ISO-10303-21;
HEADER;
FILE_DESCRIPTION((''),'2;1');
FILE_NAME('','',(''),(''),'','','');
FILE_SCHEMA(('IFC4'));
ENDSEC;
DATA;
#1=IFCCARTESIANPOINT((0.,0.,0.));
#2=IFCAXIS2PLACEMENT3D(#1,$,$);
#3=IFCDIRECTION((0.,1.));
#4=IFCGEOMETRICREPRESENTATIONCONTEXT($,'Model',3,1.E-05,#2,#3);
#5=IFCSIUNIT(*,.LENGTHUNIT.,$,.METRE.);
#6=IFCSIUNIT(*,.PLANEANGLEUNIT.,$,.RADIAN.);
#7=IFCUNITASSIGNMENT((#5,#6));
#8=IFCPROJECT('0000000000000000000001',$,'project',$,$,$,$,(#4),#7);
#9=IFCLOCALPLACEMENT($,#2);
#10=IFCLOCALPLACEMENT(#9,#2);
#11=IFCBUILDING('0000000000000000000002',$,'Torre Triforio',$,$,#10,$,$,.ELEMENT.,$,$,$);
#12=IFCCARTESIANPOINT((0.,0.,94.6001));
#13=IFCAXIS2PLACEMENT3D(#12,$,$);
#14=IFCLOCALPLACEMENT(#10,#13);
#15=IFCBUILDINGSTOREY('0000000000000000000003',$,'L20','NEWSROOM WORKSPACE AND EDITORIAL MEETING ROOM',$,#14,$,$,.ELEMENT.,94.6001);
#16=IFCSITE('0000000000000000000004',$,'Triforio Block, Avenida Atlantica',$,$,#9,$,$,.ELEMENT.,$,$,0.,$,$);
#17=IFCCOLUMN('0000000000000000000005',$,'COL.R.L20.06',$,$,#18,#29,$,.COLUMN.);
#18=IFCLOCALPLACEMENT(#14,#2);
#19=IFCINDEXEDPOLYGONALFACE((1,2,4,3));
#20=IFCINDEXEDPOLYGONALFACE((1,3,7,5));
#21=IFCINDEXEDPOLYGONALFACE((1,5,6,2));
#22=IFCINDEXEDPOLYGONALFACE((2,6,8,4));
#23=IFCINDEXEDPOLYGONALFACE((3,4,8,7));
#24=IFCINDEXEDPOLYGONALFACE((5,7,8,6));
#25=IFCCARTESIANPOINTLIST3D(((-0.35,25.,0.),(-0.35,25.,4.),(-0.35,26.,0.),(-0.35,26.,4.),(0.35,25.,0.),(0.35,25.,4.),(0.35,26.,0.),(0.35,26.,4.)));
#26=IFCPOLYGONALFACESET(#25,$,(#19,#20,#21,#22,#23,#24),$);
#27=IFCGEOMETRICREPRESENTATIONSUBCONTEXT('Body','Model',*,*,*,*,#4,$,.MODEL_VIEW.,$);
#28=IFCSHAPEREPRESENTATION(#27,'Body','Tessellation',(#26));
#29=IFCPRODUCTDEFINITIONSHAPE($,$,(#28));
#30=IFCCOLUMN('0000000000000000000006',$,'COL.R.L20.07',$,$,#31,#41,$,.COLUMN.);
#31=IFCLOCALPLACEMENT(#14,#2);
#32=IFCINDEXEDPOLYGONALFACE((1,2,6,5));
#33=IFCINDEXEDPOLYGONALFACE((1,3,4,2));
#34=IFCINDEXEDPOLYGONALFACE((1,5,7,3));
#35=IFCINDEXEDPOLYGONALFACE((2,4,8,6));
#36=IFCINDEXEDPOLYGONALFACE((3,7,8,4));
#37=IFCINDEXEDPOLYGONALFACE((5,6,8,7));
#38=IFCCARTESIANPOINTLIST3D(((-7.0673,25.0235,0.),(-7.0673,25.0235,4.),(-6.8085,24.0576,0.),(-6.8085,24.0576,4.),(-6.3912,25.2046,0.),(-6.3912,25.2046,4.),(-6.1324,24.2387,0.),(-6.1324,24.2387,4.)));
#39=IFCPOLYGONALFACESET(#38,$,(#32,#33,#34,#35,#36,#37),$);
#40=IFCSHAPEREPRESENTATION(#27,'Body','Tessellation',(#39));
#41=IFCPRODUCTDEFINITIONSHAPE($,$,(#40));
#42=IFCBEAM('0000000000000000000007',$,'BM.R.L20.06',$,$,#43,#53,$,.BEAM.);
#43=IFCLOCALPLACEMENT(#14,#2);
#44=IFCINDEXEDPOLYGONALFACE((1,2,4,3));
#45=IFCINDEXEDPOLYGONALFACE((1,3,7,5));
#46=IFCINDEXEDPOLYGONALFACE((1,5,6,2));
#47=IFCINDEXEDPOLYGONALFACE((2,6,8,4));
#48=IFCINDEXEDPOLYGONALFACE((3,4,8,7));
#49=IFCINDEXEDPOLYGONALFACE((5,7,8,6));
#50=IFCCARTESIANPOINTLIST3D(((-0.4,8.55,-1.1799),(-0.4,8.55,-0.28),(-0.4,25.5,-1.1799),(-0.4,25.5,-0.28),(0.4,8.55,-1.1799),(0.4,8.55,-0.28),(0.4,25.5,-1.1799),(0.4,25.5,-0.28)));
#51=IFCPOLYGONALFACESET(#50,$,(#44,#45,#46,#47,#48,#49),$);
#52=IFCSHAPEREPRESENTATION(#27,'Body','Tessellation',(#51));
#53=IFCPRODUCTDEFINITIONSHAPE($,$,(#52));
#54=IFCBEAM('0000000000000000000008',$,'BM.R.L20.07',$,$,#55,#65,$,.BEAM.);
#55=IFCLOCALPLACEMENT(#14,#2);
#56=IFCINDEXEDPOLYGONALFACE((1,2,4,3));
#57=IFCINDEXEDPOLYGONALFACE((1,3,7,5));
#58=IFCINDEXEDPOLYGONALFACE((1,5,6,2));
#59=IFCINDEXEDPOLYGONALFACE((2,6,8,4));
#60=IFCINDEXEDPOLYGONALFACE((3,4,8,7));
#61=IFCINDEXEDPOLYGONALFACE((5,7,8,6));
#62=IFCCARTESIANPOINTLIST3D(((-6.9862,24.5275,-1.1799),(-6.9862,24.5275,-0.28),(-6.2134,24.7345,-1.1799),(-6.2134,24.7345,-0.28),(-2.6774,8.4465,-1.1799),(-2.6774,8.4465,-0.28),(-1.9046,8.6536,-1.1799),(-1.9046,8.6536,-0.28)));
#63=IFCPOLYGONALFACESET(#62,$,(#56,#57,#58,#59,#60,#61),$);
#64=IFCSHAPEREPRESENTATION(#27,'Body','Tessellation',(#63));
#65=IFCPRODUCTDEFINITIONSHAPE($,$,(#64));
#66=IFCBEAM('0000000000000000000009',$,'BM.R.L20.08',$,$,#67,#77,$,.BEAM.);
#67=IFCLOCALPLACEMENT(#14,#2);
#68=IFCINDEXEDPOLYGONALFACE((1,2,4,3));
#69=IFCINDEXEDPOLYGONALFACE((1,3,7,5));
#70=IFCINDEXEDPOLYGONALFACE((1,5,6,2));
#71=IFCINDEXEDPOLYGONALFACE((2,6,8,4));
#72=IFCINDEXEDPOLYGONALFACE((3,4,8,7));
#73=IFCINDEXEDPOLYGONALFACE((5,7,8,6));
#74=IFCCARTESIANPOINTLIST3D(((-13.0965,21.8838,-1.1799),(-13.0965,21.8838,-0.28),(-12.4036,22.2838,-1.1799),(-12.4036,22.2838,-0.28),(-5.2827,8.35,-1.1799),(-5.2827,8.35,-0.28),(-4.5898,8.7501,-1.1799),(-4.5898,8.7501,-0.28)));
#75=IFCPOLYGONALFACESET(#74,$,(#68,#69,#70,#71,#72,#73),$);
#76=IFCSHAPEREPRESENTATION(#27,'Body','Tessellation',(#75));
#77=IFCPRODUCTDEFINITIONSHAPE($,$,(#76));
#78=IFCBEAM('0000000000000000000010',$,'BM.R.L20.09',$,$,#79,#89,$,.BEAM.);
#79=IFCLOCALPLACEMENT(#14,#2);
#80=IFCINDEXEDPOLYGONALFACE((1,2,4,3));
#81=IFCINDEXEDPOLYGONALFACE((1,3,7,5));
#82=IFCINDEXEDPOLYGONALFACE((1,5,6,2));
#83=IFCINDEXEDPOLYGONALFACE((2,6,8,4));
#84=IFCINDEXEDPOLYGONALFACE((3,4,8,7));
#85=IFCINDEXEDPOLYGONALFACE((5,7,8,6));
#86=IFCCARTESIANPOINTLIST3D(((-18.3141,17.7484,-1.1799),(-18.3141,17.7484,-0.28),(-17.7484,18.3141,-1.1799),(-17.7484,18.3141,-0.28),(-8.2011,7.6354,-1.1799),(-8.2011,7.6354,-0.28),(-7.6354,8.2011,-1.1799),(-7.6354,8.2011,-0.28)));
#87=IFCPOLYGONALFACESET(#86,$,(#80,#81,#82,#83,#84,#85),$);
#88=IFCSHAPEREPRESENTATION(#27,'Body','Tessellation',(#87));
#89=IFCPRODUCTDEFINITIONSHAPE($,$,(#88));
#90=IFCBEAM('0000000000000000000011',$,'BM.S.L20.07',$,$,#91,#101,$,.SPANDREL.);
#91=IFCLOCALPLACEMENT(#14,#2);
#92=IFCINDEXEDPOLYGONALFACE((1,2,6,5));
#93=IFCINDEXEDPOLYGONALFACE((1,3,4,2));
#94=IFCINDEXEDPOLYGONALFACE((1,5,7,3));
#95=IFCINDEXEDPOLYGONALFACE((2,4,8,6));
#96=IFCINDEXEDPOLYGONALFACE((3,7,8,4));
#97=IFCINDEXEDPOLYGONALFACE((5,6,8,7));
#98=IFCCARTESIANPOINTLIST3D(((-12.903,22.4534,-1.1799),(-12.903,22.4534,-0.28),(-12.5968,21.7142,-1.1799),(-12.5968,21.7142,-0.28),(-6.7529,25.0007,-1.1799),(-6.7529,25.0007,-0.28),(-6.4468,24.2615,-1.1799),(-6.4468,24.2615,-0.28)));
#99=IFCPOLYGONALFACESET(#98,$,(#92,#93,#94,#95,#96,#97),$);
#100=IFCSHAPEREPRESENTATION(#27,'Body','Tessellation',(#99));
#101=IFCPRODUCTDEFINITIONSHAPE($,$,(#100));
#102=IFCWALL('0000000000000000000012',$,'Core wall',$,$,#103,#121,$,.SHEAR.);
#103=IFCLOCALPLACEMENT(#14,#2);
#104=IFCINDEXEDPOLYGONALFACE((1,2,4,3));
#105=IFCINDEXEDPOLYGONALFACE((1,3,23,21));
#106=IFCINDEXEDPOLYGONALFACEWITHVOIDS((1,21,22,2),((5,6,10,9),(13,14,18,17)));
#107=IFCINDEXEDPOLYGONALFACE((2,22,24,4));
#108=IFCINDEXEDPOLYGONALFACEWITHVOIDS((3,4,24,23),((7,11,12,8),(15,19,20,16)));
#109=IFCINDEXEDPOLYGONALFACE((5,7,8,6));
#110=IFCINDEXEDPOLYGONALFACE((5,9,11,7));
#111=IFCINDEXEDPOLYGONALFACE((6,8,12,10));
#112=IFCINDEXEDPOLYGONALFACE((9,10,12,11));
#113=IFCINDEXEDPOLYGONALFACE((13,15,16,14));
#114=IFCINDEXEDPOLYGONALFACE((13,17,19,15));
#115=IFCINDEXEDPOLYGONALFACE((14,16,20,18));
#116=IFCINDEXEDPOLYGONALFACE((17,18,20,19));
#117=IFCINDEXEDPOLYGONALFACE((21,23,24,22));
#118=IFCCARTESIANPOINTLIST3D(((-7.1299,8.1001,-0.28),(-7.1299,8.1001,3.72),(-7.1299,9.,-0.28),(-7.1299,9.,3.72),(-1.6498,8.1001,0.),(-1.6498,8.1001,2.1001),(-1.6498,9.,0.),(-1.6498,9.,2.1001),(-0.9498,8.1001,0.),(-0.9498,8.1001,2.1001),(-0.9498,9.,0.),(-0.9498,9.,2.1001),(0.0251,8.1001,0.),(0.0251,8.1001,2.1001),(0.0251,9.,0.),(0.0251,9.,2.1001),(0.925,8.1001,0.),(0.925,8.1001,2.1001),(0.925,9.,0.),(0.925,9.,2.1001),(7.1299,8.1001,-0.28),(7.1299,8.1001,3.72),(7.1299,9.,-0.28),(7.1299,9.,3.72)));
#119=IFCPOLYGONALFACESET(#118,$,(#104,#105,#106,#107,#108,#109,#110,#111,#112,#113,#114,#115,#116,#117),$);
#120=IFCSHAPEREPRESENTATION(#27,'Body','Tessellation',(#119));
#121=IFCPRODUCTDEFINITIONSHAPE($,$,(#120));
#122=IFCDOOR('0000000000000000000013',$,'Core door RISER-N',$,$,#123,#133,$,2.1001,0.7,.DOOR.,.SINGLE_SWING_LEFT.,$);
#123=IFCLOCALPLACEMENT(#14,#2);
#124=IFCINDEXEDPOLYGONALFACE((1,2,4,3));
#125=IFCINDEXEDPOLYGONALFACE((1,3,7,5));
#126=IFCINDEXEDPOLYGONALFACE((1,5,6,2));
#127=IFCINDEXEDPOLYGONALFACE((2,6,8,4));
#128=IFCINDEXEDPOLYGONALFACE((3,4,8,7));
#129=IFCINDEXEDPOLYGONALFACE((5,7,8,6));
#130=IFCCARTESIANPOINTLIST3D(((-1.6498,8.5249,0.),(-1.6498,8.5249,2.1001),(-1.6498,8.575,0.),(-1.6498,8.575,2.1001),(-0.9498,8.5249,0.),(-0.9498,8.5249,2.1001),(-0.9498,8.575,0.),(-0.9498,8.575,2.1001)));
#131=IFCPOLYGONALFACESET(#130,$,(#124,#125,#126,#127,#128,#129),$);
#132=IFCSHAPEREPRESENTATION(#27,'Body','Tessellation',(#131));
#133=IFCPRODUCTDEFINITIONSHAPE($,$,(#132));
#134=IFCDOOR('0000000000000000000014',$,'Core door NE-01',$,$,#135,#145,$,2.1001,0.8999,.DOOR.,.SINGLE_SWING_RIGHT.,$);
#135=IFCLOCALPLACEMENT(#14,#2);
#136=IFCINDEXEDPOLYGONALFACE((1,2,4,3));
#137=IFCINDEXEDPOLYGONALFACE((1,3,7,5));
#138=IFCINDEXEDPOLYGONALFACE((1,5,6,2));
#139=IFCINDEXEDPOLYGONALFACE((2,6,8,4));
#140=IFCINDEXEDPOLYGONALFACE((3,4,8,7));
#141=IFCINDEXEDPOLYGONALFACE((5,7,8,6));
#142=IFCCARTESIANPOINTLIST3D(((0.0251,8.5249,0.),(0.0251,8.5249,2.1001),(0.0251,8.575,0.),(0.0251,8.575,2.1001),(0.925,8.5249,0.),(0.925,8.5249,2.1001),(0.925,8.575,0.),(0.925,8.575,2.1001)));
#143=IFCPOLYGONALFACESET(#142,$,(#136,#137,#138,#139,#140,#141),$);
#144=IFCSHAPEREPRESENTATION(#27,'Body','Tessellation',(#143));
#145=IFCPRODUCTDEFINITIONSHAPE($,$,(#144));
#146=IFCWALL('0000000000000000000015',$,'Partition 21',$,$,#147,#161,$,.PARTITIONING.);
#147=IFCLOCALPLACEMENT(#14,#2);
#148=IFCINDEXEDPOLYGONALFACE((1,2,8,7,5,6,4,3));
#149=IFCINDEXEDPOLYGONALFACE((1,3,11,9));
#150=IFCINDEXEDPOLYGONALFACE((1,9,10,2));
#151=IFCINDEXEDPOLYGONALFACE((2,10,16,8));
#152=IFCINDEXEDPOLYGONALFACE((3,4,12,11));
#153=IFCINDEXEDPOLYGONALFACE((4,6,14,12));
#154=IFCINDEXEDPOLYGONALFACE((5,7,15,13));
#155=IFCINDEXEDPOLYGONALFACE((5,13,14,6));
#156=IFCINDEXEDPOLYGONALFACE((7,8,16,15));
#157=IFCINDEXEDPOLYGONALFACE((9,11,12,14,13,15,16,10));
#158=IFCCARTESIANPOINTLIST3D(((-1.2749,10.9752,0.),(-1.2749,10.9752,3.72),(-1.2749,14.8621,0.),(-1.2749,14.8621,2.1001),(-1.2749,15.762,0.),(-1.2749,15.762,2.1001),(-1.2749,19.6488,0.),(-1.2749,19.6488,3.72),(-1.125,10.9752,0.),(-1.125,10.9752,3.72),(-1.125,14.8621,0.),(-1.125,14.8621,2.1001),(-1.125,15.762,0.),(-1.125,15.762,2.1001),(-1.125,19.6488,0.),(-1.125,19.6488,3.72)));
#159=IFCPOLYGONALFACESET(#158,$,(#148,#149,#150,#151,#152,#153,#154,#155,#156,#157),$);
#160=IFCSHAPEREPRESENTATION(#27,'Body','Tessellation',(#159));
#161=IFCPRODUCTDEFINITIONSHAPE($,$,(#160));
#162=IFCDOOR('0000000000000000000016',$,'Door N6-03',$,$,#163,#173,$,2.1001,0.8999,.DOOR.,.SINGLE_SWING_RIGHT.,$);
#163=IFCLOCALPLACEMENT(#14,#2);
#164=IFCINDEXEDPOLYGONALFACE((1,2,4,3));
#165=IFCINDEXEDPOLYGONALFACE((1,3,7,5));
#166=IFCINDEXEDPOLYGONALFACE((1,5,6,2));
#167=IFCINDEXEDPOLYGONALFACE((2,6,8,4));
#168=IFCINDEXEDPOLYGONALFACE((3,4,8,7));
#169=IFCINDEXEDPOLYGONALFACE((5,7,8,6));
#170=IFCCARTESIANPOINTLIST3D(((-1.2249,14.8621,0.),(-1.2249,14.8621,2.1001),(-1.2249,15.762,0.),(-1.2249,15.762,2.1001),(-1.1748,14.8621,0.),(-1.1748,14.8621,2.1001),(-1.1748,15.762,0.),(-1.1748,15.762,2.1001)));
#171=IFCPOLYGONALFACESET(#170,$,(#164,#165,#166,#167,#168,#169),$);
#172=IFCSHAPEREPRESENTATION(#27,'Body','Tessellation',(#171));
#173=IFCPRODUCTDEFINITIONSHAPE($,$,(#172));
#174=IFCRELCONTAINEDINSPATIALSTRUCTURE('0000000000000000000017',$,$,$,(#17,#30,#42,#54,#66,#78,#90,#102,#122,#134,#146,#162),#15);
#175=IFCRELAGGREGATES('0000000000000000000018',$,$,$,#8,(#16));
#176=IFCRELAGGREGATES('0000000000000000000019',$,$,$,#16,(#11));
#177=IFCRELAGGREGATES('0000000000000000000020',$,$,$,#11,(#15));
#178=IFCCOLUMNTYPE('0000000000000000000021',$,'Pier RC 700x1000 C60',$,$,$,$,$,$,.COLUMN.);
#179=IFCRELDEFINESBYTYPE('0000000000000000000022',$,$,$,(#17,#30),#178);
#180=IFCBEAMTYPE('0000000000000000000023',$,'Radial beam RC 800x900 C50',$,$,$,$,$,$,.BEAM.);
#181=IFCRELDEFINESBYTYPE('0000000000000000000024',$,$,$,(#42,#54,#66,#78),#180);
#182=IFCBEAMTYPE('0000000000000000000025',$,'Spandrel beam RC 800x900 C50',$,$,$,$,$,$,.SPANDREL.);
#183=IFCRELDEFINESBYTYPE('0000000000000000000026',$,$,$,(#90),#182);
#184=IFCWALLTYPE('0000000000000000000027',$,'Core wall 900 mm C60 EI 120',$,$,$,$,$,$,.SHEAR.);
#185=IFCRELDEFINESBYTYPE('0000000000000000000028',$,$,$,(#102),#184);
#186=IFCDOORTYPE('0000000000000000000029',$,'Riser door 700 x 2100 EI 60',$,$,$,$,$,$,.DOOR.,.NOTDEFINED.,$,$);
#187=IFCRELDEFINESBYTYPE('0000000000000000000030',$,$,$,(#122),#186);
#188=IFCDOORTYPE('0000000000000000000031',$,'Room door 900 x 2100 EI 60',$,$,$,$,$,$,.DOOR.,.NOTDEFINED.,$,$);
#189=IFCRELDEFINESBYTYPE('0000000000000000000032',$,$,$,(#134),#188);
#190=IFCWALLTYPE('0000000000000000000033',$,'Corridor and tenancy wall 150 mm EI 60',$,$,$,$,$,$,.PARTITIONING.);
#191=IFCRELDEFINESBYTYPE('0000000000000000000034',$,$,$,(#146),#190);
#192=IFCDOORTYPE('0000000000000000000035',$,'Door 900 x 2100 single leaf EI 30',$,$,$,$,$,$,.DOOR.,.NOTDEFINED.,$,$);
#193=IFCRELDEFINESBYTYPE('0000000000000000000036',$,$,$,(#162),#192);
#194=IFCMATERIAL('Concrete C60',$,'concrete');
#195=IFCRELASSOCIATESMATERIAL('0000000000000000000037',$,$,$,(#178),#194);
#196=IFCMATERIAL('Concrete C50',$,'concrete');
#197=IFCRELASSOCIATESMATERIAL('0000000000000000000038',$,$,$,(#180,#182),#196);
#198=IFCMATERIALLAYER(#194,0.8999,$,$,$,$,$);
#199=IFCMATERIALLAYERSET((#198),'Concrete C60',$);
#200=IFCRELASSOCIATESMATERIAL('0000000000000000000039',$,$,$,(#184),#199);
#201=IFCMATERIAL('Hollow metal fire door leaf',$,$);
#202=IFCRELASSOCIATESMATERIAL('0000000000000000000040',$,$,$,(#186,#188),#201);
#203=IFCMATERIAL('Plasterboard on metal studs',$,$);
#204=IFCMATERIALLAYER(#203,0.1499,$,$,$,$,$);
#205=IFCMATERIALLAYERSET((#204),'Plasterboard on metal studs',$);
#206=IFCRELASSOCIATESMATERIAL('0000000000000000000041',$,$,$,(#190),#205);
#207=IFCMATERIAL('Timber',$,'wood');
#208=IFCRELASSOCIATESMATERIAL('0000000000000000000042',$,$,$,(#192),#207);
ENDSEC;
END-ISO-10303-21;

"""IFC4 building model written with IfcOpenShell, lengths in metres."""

from ifc_helpers import new_model, si_unit, direction, frame, frame_2d, origin, origin_2d, place, context, subcontext, project, spatial, rectangle, extrude, material, layer, layer_set, material_profile, profile_set, type_object, element, fill, save


model = new_model("IFC4")

# Units and contexts
model_context = context("Model", 3, precision=1e-05, world=origin(), true_north=direction((0.0, 1.0)))
body_context = subcontext(model_context, "Body", "Model", "MODEL_VIEW")
ifc_project = project(units=[si_unit("LENGTHUNIT", "METRE"), si_unit("PLANEANGLEUNIT", "RADIAN")], contexts=[model_context])

# Site, building, storey
site_placement = place(None, origin())
site = spatial("IfcSite", under=ifc_project, at=site_placement, Name="Triforio Block, Avenida Atlantica", CompositionType="ELEMENT", RefElevation=0.0)
building_placement = place(site_placement, origin())
building = spatial("IfcBuilding", under=site, at=building_placement, Name="Torre Triforio", CompositionType="ELEMENT")
storey_placement = place(building_placement, frame((0.0, 0.0, 94.6001)))
storey = spatial("IfcBuildingStorey", under=building, at=storey_placement, Name="L20", Description="NEWSROOM WORKSPACE AND EDITORIAL MEETING ROOM", CompositionType="ELEMENT", Elevation=94.6001)

# Columns
ifc_material_1 = material(Name="Concrete C60", Category="concrete")
ifc_material_profile_1 = material_profile(ifc_material_1, rectangle(XDim=0.7, YDim=1.0, at=origin_2d()), Name="RC 700x1000")
ifc_profile_set_1 = profile_set([ifc_material_profile_1], Name="Concrete C60")
column_type = type_object("IfcColumnType", Name="Pier RC 700x1000 C60", PredefinedType="COLUMN", material=ifc_profile_set_1)
for number, where, z_axis, x_axis, name in (
    (1, (0.0, 25.5, 0.0), (0.0, 0.0, 1.0), (-1.0, 0.0, 0.0), "COL.R.L20.06"),
    (2, (-6.5999, 24.6311, 0.0), (0.0, 0.0, 1.0), (-0.965926, -0.258819, 0.0), "COL.R.L20.07"),
):
    element("IfcColumn", number, at=place(storey_placement, frame(where, z_axis=z_axis, x_axis=x_axis)), inside=storey, type_object=column_type, Name=name, PredefinedType="COLUMN", context=body_context, shape_type="SweptSolid", body=[
        extrude(rectangle(XDim=0.7, YDim=1.0, at=origin_2d()), origin(), (0.0, 0.0, 1.0), 4.0),
    ])

# Beams
ifc_material_2 = material(Name="Concrete C50", Category="concrete")
ifc_material_profile_2 = material_profile(ifc_material_2, rectangle(XDim=0.8, YDim=0.8999, at=origin_2d()), Name="RC 800x900")
ifc_profile_set_2 = profile_set([ifc_material_profile_2], Name="Concrete C50")
beam_type_1 = type_object("IfcBeamType", Name="Radial beam RC 800x900 C50", PredefinedType="BEAM", material=ifc_profile_set_2)
beam_1_placement = place(storey_placement, frame((0.0, 8.55, -0.73), z_axis=(0.0, 1.0, 0.0), x_axis=(-1.0, 0.0, 0.0)))
element("IfcBeam", 3, at=beam_1_placement, inside=storey, type_object=beam_type_1, Name="BM.R.L20.06", PredefinedType="BEAM", context=body_context, shape_type="SweptSolid", body=[
    extrude(rectangle(XDim=0.8, YDim=0.8999, at=origin_2d()), origin(), (0.0, 0.0, 1.0), 16.95),
])
beam_2_placement = place(storey_placement, frame((-2.291, 8.55, -0.73), z_axis=(-0.258815, 0.965927, 0.0), x_axis=(-0.965927, -0.258815, 0.0)))
element("IfcBeam", 4, at=beam_2_placement, inside=storey, type_object=beam_type_1, Name="BM.R.L20.07", PredefinedType="BEAM", context=body_context, shape_type="SweptSolid", body=[
    extrude(rectangle(XDim=0.8, YDim=0.8999, at=origin_2d()), origin(), (0.0, 0.0, 1.0), 16.6482),
])
beam_3_placement = place(storey_placement, frame((-4.9363, 8.55, -0.73), z_axis=(-0.500002, 0.866024, 0.0), x_axis=(-0.866024, -0.500002, 0.0)))
element("IfcBeam", 5, at=beam_3_placement, inside=storey, type_object=beam_type_1, Name="BM.R.L20.08", PredefinedType="BEAM", context=body_context, shape_type="SweptSolid", body=[
    extrude(rectangle(XDim=0.8, YDim=0.8999, at=origin_2d()), origin(), (0.0, 0.0, 1.0), 15.6274),
])
beam_4_placement = place(storey_placement, frame((-7.9182, 7.9182, -0.73), z_axis=(-0.707107, 0.707107, 0.0), x_axis=(-0.707107, -0.707107, 0.0)))
element("IfcBeam", 6, at=beam_4_placement, inside=storey, type_object=beam_type_1, Name="BM.R.L20.09", PredefinedType="BEAM", context=body_context, shape_type="SweptSolid", body=[
    extrude(rectangle(XDim=0.8, YDim=0.8999, at=origin_2d()), origin(), (0.0, 0.0, 1.0), 14.302),
])
ifc_material_profile_3 = material_profile(ifc_material_2, rectangle(XDim=0.8, YDim=0.8999, at=origin_2d()), Name="RC 800x900")
ifc_profile_set_3 = profile_set([ifc_material_profile_3], Name="Concrete C50")
beam_type_2 = type_object("IfcBeamType", Name="Spandrel beam RC 800x900 C50", PredefinedType="SPANDREL", material=ifc_profile_set_3)
beam_5_placement = place(storey_placement, frame((-6.5999, 24.6311, -0.73), z_axis=(-0.923885, -0.382669, 0.0), x_axis=(0.382669, -0.923885, 0.0)))
element("IfcBeam", 7, at=beam_5_placement, inside=storey, type_object=beam_type_2, Name="BM.S.L20.07", PredefinedType="SPANDREL", context=body_context, shape_type="SweptSolid", body=[
    extrude(rectangle(XDim=0.8, YDim=0.8999, at=origin_2d()), origin(), (0.0, 0.0, 1.0), 6.6567),
])

# Wall, openings, doors
ifc_layer_1 = layer(ifc_material_1, 0.8999)
ifc_layer_set_1 = layer_set([ifc_layer_1], Name="Concrete C60")
wall_type_1 = type_object("IfcWallType", Name="Core wall 900 mm C60 EI 120", PredefinedType="SHEAR", material=ifc_layer_set_1)
wall_1_placement = place(storey_placement, frame((-7.1299, 8.55, -0.28), z_axis=(0.0, 0.0, 1.0), x_axis=(1.0, 0.0, 0.0)))
wall_1 = element("IfcWall", 8, at=wall_1_placement, inside=storey, type_object=wall_type_1, Name="Core wall", PredefinedType="SHEAR", context=body_context, shape_type="SweptSolid", body=[
    extrude(rectangle(XDim=14.2598, YDim=0.8999, at=frame_2d((7.1299, 0.0))), origin(), (0.0, 0.0, 1.0), 4.0),
])
opening_1_placement = place(wall_1_placement, frame((5.48, 0.0, 0.28)))
opening_1 = element("IfcOpeningElement", 9, at=opening_1_placement, cuts=wall_1, PredefinedType="OPENING", context=body_context, shape_type="SweptSolid", body=[
    extrude(rectangle(XDim=0.7, YDim=2.1001, at=frame_2d((0.3501, 1.05))), frame((0.0, 0.46, 0.0), z_axis=(0.0, -1.0, 0.0), x_axis=(1.0, 0.0, 0.0)), (0.0, 0.0, 1.0), 0.9199),
])
opening_2_placement = place(wall_1_placement, frame((7.155, 0.0, 0.28)))
opening_2 = element("IfcOpeningElement", 10, at=opening_2_placement, cuts=wall_1, PredefinedType="OPENING", context=body_context, shape_type="SweptSolid", body=[
    extrude(rectangle(XDim=0.8999, YDim=2.1001, at=frame_2d((0.45, 1.05))), frame((0.0, 0.46, 0.0), z_axis=(0.0, -1.0, 0.0), x_axis=(1.0, 0.0, 0.0)), (0.0, 0.0, 1.0), 0.9199),
])
ifc_material_3 = material(Name="Hollow metal fire door leaf")
door_type_1 = type_object("IfcDoorType", Name="Riser door 700 x 2100 EI 60", OperationType="NOTDEFINED", PredefinedType="DOOR", material=ifc_material_3)
door_1_placement = place(opening_1_placement, origin())
door_1 = element("IfcDoor", 11, at=door_1_placement, inside=storey, type_object=door_type_1, Name="Core door RISER-N", OperationType="SINGLE_SWING_LEFT", OverallHeight=2.1001, OverallWidth=0.7, PredefinedType="DOOR", context=body_context, shape_type="SweptSolid", body=[
    extrude(rectangle(XDim=0.7, YDim=2.1001, at=frame_2d((0.3501, 1.05))), frame((0.0, 0.0249, 0.0), z_axis=(0.0, -1.0, 0.0), x_axis=(1.0, 0.0, 0.0)), (0.0, 0.0, 1.0), 0.05),
])
fill(opening_1, door_1)
door_type_2 = type_object("IfcDoorType", Name="Room door 900 x 2100 EI 60", OperationType="NOTDEFINED", PredefinedType="DOOR", material=ifc_material_3)
door_2_placement = place(opening_2_placement, origin())
door_2 = element("IfcDoor", 12, at=door_2_placement, inside=storey, type_object=door_type_2, Name="Core door NE-01", OperationType="SINGLE_SWING_RIGHT", OverallHeight=2.1001, OverallWidth=0.8999, PredefinedType="DOOR", context=body_context, shape_type="SweptSolid", body=[
    extrude(rectangle(XDim=0.8999, YDim=2.1001, at=frame_2d((0.45, 1.05))), frame((0.0, 0.0249, 0.0), z_axis=(0.0, -1.0, 0.0), x_axis=(1.0, 0.0, 0.0)), (0.0, 0.0, 1.0), 0.05),
])
fill(opening_2, door_2)

# Wall, opening, door
ifc_material_4 = material(Name="Plasterboard on metal studs")
ifc_layer_2 = layer(ifc_material_4, 0.1499)
ifc_layer_set_2 = layer_set([ifc_layer_2], Name="Plasterboard on metal studs")
wall_type_2 = type_object("IfcWallType", Name="Corridor and tenancy wall 150 mm EI 60", PredefinedType="PARTITIONING", material=ifc_layer_set_2)
wall_2_placement = place(storey_placement, frame((-1.2, 10.9751, 0.0), z_axis=(0.0, 0.0, 1.0), x_axis=(0.0, 1.0, 0.0)))
wall_2 = element("IfcWall", 13, at=wall_2_placement, inside=storey, type_object=wall_type_2, Name="Partition 21", PredefinedType="PARTITIONING", context=body_context, shape_type="SweptSolid", body=[
    extrude(rectangle(XDim=8.6736, YDim=0.1499, at=frame_2d((4.3369, 0.0))), origin(), (0.0, 0.0, 1.0), 3.72),
])
opening_3_placement = place(wall_2_placement, frame((3.887, 0.0, 0.0)))
opening_3 = element("IfcOpeningElement", 14, at=opening_3_placement, cuts=wall_2, PredefinedType="OPENING", context=body_context, shape_type="SweptSolid", body=[
    extrude(rectangle(XDim=0.8999, YDim=2.1001, at=frame_2d((0.45, 1.05))), frame((0.0, 0.085, 0.0), z_axis=(0.0, -1.0, 0.0), x_axis=(1.0, 0.0, 0.0)), (0.0, 0.0, 1.0), 0.1699),
])
ifc_material_5 = material(Name="Timber", Category="wood")
door_type_3 = type_object("IfcDoorType", Name="Door 900 x 2100 single leaf EI 30", OperationType="NOTDEFINED", PredefinedType="DOOR", material=ifc_material_5)
door_3_placement = place(opening_3_placement, origin())
door_3 = element("IfcDoor", 15, at=door_3_placement, inside=storey, type_object=door_type_3, Name="Door N6-03", OperationType="SINGLE_SWING_RIGHT", OverallHeight=2.1001, OverallWidth=0.8999, PredefinedType="DOOR", context=body_context, shape_type="SweptSolid", body=[
    extrude(rectangle(XDim=0.8999, YDim=2.1001, at=frame_2d((0.45, 1.05))), frame((0.0, 0.0249, 0.0), z_axis=(0.0, -1.0, 0.0), x_axis=(1.0, 0.0, 0.0)), (0.0, 0.0, 1.0), 0.05),
])
fill(opening_3, door_3)

save(model, "model.ifc")
